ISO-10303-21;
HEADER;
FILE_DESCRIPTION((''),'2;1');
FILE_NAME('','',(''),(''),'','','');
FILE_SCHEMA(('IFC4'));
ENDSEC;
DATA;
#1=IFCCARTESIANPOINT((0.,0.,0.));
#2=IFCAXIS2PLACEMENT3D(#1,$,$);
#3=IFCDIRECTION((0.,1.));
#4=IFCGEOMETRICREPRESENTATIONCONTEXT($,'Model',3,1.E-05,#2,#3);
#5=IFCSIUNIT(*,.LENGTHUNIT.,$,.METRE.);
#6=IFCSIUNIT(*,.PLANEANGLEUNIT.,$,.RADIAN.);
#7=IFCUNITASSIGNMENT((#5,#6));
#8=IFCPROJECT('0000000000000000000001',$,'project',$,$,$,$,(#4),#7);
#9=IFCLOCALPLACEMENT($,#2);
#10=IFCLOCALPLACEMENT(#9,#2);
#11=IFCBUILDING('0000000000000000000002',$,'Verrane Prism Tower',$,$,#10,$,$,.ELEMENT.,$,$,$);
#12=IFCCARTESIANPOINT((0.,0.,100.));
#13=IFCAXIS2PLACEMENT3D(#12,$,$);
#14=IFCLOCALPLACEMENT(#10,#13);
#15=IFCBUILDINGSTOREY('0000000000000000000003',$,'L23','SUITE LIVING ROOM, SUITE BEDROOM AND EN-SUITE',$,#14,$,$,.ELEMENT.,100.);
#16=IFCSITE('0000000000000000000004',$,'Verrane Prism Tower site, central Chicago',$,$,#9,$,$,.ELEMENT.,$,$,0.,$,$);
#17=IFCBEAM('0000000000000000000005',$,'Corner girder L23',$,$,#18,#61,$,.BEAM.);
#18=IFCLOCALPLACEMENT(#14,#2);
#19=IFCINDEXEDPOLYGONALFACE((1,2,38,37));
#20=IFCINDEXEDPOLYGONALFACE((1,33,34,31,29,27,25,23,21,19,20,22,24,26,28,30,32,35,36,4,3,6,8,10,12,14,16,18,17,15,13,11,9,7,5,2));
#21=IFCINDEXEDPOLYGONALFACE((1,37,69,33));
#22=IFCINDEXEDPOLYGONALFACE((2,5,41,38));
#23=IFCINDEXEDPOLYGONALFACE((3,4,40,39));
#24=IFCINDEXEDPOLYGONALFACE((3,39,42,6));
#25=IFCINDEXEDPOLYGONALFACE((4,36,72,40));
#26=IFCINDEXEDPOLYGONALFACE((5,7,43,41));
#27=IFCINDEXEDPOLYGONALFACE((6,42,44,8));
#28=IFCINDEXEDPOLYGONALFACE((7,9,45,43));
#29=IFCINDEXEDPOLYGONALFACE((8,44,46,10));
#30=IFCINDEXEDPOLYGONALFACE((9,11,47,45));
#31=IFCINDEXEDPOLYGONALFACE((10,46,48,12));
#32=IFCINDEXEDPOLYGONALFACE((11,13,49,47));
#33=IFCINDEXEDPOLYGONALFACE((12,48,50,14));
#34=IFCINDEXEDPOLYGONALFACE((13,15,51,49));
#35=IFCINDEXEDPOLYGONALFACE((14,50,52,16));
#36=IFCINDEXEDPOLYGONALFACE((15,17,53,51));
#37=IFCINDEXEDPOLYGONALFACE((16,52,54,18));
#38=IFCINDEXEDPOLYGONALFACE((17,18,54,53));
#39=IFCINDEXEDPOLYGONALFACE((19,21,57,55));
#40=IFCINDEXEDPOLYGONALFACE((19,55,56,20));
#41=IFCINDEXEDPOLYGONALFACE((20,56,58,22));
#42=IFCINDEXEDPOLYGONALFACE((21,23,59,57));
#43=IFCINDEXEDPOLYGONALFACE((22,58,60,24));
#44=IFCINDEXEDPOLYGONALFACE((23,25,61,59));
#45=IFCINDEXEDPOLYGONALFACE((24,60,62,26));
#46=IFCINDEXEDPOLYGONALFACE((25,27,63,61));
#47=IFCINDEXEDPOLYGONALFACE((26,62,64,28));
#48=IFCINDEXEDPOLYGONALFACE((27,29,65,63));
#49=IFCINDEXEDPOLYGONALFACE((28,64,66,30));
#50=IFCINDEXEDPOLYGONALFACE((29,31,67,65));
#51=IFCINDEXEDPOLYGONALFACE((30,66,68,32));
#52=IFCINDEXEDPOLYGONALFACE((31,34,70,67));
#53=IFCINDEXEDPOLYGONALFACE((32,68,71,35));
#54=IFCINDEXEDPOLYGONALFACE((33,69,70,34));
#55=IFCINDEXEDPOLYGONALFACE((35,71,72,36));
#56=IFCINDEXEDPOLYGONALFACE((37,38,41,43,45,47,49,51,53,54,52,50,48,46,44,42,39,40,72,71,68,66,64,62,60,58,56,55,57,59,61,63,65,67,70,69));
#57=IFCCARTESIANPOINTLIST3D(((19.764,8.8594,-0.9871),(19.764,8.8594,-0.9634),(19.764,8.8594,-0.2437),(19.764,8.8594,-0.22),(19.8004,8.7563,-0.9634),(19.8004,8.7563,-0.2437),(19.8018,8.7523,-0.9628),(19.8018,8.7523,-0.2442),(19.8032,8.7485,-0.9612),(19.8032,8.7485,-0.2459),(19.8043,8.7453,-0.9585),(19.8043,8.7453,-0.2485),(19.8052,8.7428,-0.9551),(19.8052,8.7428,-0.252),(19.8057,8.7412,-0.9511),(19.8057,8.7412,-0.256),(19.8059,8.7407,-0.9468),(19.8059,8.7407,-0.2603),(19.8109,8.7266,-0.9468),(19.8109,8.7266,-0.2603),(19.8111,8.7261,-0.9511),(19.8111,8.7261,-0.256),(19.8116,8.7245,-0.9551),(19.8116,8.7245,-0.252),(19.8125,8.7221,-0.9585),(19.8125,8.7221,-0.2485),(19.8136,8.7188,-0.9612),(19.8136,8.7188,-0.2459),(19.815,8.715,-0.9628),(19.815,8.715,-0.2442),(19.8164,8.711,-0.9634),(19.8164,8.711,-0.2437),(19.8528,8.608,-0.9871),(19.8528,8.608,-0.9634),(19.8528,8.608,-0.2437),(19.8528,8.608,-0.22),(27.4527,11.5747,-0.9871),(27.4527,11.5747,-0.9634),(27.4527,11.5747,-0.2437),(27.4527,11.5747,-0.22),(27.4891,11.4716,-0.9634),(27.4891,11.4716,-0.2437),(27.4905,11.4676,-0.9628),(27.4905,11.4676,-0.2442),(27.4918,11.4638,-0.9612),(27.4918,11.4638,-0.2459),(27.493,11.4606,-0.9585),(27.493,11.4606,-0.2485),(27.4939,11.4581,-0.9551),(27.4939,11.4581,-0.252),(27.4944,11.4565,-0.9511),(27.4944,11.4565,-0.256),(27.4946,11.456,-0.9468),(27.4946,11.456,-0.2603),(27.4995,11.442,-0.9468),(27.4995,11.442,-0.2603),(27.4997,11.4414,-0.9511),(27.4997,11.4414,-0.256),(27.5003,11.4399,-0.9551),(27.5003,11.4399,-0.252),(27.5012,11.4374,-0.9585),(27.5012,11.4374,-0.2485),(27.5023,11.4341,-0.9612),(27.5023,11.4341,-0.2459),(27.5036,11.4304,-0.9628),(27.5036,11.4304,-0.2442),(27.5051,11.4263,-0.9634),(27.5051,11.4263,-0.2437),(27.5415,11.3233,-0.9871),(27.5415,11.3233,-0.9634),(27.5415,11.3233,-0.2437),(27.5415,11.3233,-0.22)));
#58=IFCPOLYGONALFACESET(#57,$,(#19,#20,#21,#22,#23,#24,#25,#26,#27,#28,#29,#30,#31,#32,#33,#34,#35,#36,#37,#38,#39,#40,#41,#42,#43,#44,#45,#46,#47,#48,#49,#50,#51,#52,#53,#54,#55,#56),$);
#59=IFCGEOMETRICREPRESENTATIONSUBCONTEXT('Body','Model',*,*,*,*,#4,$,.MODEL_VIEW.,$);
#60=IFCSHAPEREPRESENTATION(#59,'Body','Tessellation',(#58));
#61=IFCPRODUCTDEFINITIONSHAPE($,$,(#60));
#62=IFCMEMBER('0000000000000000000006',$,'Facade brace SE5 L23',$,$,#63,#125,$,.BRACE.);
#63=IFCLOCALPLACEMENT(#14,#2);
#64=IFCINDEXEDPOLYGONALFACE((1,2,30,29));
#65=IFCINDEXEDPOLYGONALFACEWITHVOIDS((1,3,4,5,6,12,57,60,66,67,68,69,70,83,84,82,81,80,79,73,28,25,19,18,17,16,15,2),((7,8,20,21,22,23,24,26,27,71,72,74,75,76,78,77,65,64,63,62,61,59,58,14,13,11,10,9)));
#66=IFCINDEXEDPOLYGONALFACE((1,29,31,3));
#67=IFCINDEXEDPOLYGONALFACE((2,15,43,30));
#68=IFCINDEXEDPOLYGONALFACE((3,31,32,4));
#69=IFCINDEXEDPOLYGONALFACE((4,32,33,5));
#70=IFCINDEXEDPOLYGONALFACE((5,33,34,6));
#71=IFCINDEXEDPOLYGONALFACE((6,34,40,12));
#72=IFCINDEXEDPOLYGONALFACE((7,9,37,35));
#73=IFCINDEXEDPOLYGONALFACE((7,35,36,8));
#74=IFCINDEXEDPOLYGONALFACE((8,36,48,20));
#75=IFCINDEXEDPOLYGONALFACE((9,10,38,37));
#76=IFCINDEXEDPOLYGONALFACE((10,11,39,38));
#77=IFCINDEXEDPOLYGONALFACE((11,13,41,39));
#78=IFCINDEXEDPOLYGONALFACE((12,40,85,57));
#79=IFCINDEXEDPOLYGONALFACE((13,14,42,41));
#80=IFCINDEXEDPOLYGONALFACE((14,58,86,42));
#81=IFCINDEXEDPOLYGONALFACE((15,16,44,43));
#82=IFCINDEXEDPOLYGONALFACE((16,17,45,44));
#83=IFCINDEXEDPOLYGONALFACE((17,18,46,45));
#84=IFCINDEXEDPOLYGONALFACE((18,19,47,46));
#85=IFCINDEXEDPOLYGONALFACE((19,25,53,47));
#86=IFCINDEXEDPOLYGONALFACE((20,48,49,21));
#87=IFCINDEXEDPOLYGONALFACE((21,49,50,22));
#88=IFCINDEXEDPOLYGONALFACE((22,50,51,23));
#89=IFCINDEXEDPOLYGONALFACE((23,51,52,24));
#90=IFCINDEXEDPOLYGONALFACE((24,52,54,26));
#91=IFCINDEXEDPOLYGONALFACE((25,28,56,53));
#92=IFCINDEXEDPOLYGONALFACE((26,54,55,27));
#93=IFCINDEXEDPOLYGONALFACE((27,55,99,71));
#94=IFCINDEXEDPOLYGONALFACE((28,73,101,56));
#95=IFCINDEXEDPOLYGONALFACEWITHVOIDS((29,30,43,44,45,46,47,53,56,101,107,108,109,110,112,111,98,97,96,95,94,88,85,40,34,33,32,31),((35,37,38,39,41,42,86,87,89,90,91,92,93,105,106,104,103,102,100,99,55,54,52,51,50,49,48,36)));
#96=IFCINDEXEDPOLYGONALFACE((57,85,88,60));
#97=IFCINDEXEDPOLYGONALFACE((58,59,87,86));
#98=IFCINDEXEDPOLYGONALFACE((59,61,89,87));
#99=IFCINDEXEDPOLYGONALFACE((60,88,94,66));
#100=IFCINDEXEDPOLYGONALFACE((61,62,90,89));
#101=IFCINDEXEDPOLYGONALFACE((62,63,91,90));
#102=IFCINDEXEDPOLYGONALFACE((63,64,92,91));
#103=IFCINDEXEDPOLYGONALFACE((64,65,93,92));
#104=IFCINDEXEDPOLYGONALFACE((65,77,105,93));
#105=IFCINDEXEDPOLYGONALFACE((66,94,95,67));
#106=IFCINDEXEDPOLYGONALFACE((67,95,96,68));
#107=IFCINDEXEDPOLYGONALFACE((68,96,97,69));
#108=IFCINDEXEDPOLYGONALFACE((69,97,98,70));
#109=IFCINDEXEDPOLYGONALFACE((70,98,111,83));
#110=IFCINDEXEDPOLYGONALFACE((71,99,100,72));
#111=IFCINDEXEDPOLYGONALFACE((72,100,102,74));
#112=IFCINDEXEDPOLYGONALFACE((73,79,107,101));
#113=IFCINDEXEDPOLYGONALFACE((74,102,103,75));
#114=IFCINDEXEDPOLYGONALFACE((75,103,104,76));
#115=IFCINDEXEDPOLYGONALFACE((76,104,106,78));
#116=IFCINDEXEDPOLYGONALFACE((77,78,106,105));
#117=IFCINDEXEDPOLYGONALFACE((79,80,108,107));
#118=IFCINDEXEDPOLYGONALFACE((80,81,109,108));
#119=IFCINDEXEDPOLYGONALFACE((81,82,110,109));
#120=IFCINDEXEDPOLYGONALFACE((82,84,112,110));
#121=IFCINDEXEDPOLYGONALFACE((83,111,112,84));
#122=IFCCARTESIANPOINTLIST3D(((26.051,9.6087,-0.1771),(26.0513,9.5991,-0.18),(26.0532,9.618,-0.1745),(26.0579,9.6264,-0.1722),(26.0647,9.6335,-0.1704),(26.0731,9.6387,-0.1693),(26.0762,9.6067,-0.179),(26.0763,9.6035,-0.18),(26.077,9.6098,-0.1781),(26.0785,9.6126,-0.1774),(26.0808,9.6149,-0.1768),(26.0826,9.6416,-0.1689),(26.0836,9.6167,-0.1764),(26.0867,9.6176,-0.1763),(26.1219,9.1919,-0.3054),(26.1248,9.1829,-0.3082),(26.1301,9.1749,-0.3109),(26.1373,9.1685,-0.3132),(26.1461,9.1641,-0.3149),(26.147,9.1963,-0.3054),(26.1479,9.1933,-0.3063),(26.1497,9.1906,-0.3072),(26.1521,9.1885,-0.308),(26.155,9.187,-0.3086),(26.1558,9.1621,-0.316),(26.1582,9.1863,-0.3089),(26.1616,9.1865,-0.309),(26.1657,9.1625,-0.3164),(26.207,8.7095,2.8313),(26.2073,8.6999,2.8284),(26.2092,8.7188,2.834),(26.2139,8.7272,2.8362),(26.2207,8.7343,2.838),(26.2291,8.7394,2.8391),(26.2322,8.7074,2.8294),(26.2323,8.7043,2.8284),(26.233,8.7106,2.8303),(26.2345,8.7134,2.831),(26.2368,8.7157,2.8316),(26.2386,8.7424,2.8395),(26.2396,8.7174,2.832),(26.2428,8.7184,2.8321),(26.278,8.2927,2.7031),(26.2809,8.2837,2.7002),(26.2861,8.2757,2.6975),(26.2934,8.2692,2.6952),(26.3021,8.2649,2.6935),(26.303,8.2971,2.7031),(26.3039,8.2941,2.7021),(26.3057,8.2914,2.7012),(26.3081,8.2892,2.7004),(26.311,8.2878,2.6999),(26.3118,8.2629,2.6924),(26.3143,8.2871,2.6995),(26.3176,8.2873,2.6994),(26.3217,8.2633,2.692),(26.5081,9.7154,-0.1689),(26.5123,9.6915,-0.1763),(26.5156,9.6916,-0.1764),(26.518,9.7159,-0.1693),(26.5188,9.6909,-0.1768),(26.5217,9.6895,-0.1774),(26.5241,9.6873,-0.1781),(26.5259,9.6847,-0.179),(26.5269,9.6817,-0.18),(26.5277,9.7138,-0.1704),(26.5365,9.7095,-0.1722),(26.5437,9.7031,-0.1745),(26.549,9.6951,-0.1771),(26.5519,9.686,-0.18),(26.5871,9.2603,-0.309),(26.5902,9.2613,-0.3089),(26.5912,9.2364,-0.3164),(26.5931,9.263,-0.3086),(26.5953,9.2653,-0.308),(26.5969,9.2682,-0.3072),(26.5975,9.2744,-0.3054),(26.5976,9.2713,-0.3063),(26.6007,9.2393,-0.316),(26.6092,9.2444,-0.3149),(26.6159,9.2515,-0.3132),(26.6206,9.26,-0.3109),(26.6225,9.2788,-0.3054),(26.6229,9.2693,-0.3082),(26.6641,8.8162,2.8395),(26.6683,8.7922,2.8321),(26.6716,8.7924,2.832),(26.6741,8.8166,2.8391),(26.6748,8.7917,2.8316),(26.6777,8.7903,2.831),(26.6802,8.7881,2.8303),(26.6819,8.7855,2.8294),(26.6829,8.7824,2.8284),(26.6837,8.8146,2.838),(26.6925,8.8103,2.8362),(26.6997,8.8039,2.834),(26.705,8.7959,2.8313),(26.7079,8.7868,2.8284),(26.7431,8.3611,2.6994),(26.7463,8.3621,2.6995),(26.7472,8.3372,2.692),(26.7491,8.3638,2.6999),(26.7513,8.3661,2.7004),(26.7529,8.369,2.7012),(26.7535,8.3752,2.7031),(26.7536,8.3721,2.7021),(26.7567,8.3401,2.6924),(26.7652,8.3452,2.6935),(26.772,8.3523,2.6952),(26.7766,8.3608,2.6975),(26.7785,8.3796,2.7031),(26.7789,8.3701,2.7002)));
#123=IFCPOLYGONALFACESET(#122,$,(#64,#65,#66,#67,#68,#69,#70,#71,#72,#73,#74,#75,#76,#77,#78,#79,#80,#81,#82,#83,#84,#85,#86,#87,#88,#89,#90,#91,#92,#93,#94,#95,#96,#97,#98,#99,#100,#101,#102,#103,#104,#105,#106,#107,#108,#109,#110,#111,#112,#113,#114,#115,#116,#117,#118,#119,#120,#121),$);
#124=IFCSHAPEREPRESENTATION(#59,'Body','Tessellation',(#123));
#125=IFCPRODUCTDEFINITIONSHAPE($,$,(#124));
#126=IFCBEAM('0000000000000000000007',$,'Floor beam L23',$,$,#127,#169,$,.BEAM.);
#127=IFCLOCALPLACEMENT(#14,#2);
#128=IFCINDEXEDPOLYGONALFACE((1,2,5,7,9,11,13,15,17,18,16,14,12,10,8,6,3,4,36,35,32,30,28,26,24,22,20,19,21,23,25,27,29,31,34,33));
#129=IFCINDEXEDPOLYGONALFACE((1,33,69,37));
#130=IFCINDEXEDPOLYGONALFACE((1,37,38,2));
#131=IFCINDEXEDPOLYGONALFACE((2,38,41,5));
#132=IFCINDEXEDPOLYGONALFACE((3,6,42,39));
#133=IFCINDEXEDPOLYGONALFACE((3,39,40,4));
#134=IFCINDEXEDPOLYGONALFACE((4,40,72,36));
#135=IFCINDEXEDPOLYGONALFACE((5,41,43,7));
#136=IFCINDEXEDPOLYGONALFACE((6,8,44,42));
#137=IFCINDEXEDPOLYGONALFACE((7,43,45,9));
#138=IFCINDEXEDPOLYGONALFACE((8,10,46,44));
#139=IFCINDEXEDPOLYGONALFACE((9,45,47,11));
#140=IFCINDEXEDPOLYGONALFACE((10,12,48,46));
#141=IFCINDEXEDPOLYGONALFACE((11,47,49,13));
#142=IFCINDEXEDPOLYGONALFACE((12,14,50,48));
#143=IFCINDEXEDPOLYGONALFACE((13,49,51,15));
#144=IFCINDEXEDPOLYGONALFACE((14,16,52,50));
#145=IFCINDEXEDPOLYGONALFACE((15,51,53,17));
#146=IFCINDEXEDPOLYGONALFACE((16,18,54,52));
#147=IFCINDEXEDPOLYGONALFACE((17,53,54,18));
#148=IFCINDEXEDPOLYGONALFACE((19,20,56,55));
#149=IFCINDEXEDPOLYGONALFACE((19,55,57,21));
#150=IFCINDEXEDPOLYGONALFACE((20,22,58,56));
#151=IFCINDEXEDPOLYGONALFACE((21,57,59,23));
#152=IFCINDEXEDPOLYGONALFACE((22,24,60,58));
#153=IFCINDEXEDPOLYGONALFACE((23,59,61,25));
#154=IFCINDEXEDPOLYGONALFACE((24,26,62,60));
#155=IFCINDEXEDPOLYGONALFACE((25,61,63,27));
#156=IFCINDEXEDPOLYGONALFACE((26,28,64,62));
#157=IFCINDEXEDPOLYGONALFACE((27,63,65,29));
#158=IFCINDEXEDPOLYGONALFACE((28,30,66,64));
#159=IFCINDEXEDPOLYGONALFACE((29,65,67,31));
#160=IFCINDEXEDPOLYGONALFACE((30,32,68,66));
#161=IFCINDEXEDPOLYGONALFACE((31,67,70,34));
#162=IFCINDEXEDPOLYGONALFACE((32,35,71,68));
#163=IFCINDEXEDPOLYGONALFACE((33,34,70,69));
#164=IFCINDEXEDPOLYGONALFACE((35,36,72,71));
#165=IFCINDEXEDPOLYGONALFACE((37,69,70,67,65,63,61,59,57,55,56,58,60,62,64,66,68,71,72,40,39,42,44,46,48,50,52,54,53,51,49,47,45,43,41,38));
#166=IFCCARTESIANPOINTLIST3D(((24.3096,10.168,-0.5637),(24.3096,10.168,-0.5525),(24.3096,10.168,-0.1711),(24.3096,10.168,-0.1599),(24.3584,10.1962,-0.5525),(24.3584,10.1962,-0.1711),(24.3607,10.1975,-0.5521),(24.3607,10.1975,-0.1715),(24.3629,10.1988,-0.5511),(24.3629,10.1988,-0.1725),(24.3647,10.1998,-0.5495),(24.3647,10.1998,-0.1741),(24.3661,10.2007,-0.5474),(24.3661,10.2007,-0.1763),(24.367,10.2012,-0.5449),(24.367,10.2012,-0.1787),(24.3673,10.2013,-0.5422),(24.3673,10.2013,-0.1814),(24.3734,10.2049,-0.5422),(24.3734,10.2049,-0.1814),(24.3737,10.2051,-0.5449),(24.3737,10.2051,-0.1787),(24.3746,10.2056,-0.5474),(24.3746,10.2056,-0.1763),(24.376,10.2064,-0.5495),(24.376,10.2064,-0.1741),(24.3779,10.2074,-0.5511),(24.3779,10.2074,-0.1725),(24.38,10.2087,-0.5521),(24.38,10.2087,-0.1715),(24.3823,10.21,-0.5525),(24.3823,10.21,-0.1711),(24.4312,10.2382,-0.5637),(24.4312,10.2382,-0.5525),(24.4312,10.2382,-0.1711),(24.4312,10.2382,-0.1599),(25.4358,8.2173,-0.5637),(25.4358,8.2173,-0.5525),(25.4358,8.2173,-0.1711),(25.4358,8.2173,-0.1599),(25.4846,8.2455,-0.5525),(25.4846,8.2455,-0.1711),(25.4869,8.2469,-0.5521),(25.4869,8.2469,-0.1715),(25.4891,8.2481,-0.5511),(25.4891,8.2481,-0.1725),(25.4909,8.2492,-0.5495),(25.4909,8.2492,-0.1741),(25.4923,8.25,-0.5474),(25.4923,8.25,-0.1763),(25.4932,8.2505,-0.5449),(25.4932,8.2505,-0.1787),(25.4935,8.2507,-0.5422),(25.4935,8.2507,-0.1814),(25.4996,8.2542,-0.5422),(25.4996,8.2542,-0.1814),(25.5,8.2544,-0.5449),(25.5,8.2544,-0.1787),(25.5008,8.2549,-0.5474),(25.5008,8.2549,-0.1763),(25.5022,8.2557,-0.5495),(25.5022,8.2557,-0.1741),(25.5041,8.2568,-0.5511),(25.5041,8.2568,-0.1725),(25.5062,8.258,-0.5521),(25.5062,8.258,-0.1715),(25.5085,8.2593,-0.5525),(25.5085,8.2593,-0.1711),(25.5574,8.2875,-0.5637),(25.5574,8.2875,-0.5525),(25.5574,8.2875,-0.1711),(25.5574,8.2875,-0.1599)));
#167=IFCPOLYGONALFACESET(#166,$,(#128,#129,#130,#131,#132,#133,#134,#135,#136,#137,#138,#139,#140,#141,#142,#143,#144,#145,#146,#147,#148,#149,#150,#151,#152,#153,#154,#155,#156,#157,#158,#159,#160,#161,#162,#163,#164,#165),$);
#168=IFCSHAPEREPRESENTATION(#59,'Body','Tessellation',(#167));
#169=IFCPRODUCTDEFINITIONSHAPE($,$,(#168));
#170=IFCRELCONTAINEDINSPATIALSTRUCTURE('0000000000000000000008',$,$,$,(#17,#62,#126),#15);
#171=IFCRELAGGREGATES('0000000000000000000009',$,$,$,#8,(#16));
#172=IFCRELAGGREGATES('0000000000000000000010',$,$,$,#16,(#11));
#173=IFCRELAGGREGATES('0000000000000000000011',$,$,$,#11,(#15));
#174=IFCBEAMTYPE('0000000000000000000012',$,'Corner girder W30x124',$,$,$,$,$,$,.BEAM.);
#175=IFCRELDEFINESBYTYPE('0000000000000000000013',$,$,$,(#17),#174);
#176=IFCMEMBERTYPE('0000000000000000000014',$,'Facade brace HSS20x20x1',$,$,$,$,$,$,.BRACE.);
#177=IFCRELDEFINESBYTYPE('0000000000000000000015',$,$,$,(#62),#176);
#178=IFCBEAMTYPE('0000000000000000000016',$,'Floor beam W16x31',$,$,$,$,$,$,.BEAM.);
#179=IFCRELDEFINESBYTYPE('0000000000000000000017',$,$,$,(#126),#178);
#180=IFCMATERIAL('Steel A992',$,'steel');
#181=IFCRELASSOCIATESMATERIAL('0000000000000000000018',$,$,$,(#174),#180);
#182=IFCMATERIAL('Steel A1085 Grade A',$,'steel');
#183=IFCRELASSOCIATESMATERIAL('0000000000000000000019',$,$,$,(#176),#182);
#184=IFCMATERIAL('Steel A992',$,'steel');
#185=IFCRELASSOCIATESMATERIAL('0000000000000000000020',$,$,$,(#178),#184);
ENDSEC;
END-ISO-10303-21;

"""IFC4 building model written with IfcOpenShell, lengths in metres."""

from ifc_helpers import new_model, si_unit, direction, frame, origin, origin_2d, place, context, subcontext, project, spatial, hollow_rectangle, i_section, extrude, material, material_profile, profile_set, type_object, element, save


model = new_model("IFC4")

# Units and contexts
model_context = context("Model", 3, precision=1e-05, world=origin(), true_north=direction((0.0, 1.0)))
body_context = subcontext(model_context, "Body", "Model", "MODEL_VIEW")
ifc_project = project(units=[si_unit("LENGTHUNIT", "METRE"), si_unit("PLANEANGLEUNIT", "RADIAN")], contexts=[model_context])

# Site, building, storey
site_placement = place(None, origin())
site = spatial("IfcSite", under=ifc_project, at=site_placement, Name="Verrane Prism Tower site, central Chicago", CompositionType="ELEMENT", RefElevation=0.0)
building_placement = place(site_placement, origin())
building = spatial("IfcBuilding", under=site, at=building_placement, Name="Verrane Prism Tower", CompositionType="ELEMENT")
storey_placement = place(building_placement, frame((0.0, 0.0, 100.0)))
storey = spatial("IfcBuildingStorey", under=building, at=storey_placement, Name="L23", Description="SUITE LIVING ROOM, SUITE BEDROOM AND EN-SUITE", CompositionType="ELEMENT", Elevation=100.0)

# Beam
ifc_material_1 = material(Name="Steel A992", Category="steel")
ifc_material_profile_1 = material_profile(ifc_material_1, i_section(OverallWidth=0.2666, OverallDepth=0.7671, WebThickness=0.0149, FlangeThickness=0.0237, FilletRadius=0.0166, at=origin_2d()), Name="W30x124")
ifc_profile_set_1 = profile_set([ifc_material_profile_1], Name="Steel A992")
beam_type_1 = type_object("IfcBeamType", Name="Corner girder W30x124", PredefinedType="BEAM", material=ifc_profile_set_1)
beam_1_placement = place(storey_placement, frame((27.4971, 11.449, -0.6035), z_axis=(-0.942926, -0.333002, 0.0), x_axis=(0.333002, -0.942926, 0.0)))
element("IfcBeam", 1, at=beam_1_placement, inside=storey, type_object=beam_type_1, Name="Corner girder L23", PredefinedType="BEAM", context=body_context, shape_type="SweptSolid", body=[
    extrude(i_section(OverallWidth=0.2666, OverallDepth=0.7671, WebThickness=0.0149, FlangeThickness=0.0237, FilletRadius=0.0166, at=origin_2d()), origin(), (0.0, 0.0, 1.0), 8.1541),
])

# Member
ifc_material_2 = material(Name="Steel A1085 Grade A", Category="steel")
ifc_material_profile_2 = material_profile(ifc_material_2, hollow_rectangle(XDim=0.5081, YDim=0.5081, WallThickness=0.0254, InnerFilletRadius=0.0127, OuterFilletRadius=0.0381, at=origin_2d()), Name="HSS20x20x1")
ifc_profile_set_2 = profile_set([ifc_material_profile_2], Name="Steel A1085 Grade A")
member_type_1 = type_object("IfcMemberType", Name="Facade brace HSS20x20x1", PredefinedType="BRACE", material=ifc_profile_set_2)
member_1_placement = place(storey_placement, frame((26.3369, 9.439, -0.2427), z_axis=(0.049625, -0.286025, 0.956936), x_axis=(0.98528, 0.170946, 0.0)))
element("IfcMember", 2, at=member_1_placement, inside=storey, type_object=member_type_1, Name="Facade brace SE5 L23", PredefinedType="BRACE", context=body_context, shape_type="SweptSolid", body=[
    extrude(hollow_rectangle(XDim=0.5081, YDim=0.5081, WallThickness=0.0254, InnerFilletRadius=0.0127, OuterFilletRadius=0.0381, at=origin_2d()), origin(), (0.0, 0.0, 1.0), 3.1438),
])

# Beam
ifc_material_3 = material(Name="Steel A992", Category="steel")
ifc_material_profile_3 = material_profile(ifc_material_3, i_section(OverallWidth=0.1404, OverallDepth=0.4038, WebThickness=0.0071, FlangeThickness=0.0112, FilletRadius=0.0103, at=origin_2d()), Name="W16x31")
ifc_profile_set_3 = profile_set([ifc_material_profile_3], Name="Steel A992")
beam_type_2 = type_object("IfcBeamType", Name="Floor beam W16x31", PredefinedType="BEAM", material=ifc_profile_set_3)
beam_2_placement = place(storey_placement, frame((25.4966, 8.2524, -0.3618), z_axis=(-0.499998, 0.866027, 0.0), x_axis=(-0.866027, -0.499998, 0.0)))
element("IfcBeam", 3, at=beam_2_placement, inside=storey, type_object=beam_type_2, Name="Floor beam L23", PredefinedType="BEAM", context=body_context, shape_type="SweptSolid", body=[
    extrude(i_section(OverallWidth=0.1404, OverallDepth=0.4038, WebThickness=0.0071, FlangeThickness=0.0112, FilletRadius=0.0103, at=origin_2d()), origin(), (0.0, 0.0, 1.0), 2.2524),
])

save(model, "model.ifc")
